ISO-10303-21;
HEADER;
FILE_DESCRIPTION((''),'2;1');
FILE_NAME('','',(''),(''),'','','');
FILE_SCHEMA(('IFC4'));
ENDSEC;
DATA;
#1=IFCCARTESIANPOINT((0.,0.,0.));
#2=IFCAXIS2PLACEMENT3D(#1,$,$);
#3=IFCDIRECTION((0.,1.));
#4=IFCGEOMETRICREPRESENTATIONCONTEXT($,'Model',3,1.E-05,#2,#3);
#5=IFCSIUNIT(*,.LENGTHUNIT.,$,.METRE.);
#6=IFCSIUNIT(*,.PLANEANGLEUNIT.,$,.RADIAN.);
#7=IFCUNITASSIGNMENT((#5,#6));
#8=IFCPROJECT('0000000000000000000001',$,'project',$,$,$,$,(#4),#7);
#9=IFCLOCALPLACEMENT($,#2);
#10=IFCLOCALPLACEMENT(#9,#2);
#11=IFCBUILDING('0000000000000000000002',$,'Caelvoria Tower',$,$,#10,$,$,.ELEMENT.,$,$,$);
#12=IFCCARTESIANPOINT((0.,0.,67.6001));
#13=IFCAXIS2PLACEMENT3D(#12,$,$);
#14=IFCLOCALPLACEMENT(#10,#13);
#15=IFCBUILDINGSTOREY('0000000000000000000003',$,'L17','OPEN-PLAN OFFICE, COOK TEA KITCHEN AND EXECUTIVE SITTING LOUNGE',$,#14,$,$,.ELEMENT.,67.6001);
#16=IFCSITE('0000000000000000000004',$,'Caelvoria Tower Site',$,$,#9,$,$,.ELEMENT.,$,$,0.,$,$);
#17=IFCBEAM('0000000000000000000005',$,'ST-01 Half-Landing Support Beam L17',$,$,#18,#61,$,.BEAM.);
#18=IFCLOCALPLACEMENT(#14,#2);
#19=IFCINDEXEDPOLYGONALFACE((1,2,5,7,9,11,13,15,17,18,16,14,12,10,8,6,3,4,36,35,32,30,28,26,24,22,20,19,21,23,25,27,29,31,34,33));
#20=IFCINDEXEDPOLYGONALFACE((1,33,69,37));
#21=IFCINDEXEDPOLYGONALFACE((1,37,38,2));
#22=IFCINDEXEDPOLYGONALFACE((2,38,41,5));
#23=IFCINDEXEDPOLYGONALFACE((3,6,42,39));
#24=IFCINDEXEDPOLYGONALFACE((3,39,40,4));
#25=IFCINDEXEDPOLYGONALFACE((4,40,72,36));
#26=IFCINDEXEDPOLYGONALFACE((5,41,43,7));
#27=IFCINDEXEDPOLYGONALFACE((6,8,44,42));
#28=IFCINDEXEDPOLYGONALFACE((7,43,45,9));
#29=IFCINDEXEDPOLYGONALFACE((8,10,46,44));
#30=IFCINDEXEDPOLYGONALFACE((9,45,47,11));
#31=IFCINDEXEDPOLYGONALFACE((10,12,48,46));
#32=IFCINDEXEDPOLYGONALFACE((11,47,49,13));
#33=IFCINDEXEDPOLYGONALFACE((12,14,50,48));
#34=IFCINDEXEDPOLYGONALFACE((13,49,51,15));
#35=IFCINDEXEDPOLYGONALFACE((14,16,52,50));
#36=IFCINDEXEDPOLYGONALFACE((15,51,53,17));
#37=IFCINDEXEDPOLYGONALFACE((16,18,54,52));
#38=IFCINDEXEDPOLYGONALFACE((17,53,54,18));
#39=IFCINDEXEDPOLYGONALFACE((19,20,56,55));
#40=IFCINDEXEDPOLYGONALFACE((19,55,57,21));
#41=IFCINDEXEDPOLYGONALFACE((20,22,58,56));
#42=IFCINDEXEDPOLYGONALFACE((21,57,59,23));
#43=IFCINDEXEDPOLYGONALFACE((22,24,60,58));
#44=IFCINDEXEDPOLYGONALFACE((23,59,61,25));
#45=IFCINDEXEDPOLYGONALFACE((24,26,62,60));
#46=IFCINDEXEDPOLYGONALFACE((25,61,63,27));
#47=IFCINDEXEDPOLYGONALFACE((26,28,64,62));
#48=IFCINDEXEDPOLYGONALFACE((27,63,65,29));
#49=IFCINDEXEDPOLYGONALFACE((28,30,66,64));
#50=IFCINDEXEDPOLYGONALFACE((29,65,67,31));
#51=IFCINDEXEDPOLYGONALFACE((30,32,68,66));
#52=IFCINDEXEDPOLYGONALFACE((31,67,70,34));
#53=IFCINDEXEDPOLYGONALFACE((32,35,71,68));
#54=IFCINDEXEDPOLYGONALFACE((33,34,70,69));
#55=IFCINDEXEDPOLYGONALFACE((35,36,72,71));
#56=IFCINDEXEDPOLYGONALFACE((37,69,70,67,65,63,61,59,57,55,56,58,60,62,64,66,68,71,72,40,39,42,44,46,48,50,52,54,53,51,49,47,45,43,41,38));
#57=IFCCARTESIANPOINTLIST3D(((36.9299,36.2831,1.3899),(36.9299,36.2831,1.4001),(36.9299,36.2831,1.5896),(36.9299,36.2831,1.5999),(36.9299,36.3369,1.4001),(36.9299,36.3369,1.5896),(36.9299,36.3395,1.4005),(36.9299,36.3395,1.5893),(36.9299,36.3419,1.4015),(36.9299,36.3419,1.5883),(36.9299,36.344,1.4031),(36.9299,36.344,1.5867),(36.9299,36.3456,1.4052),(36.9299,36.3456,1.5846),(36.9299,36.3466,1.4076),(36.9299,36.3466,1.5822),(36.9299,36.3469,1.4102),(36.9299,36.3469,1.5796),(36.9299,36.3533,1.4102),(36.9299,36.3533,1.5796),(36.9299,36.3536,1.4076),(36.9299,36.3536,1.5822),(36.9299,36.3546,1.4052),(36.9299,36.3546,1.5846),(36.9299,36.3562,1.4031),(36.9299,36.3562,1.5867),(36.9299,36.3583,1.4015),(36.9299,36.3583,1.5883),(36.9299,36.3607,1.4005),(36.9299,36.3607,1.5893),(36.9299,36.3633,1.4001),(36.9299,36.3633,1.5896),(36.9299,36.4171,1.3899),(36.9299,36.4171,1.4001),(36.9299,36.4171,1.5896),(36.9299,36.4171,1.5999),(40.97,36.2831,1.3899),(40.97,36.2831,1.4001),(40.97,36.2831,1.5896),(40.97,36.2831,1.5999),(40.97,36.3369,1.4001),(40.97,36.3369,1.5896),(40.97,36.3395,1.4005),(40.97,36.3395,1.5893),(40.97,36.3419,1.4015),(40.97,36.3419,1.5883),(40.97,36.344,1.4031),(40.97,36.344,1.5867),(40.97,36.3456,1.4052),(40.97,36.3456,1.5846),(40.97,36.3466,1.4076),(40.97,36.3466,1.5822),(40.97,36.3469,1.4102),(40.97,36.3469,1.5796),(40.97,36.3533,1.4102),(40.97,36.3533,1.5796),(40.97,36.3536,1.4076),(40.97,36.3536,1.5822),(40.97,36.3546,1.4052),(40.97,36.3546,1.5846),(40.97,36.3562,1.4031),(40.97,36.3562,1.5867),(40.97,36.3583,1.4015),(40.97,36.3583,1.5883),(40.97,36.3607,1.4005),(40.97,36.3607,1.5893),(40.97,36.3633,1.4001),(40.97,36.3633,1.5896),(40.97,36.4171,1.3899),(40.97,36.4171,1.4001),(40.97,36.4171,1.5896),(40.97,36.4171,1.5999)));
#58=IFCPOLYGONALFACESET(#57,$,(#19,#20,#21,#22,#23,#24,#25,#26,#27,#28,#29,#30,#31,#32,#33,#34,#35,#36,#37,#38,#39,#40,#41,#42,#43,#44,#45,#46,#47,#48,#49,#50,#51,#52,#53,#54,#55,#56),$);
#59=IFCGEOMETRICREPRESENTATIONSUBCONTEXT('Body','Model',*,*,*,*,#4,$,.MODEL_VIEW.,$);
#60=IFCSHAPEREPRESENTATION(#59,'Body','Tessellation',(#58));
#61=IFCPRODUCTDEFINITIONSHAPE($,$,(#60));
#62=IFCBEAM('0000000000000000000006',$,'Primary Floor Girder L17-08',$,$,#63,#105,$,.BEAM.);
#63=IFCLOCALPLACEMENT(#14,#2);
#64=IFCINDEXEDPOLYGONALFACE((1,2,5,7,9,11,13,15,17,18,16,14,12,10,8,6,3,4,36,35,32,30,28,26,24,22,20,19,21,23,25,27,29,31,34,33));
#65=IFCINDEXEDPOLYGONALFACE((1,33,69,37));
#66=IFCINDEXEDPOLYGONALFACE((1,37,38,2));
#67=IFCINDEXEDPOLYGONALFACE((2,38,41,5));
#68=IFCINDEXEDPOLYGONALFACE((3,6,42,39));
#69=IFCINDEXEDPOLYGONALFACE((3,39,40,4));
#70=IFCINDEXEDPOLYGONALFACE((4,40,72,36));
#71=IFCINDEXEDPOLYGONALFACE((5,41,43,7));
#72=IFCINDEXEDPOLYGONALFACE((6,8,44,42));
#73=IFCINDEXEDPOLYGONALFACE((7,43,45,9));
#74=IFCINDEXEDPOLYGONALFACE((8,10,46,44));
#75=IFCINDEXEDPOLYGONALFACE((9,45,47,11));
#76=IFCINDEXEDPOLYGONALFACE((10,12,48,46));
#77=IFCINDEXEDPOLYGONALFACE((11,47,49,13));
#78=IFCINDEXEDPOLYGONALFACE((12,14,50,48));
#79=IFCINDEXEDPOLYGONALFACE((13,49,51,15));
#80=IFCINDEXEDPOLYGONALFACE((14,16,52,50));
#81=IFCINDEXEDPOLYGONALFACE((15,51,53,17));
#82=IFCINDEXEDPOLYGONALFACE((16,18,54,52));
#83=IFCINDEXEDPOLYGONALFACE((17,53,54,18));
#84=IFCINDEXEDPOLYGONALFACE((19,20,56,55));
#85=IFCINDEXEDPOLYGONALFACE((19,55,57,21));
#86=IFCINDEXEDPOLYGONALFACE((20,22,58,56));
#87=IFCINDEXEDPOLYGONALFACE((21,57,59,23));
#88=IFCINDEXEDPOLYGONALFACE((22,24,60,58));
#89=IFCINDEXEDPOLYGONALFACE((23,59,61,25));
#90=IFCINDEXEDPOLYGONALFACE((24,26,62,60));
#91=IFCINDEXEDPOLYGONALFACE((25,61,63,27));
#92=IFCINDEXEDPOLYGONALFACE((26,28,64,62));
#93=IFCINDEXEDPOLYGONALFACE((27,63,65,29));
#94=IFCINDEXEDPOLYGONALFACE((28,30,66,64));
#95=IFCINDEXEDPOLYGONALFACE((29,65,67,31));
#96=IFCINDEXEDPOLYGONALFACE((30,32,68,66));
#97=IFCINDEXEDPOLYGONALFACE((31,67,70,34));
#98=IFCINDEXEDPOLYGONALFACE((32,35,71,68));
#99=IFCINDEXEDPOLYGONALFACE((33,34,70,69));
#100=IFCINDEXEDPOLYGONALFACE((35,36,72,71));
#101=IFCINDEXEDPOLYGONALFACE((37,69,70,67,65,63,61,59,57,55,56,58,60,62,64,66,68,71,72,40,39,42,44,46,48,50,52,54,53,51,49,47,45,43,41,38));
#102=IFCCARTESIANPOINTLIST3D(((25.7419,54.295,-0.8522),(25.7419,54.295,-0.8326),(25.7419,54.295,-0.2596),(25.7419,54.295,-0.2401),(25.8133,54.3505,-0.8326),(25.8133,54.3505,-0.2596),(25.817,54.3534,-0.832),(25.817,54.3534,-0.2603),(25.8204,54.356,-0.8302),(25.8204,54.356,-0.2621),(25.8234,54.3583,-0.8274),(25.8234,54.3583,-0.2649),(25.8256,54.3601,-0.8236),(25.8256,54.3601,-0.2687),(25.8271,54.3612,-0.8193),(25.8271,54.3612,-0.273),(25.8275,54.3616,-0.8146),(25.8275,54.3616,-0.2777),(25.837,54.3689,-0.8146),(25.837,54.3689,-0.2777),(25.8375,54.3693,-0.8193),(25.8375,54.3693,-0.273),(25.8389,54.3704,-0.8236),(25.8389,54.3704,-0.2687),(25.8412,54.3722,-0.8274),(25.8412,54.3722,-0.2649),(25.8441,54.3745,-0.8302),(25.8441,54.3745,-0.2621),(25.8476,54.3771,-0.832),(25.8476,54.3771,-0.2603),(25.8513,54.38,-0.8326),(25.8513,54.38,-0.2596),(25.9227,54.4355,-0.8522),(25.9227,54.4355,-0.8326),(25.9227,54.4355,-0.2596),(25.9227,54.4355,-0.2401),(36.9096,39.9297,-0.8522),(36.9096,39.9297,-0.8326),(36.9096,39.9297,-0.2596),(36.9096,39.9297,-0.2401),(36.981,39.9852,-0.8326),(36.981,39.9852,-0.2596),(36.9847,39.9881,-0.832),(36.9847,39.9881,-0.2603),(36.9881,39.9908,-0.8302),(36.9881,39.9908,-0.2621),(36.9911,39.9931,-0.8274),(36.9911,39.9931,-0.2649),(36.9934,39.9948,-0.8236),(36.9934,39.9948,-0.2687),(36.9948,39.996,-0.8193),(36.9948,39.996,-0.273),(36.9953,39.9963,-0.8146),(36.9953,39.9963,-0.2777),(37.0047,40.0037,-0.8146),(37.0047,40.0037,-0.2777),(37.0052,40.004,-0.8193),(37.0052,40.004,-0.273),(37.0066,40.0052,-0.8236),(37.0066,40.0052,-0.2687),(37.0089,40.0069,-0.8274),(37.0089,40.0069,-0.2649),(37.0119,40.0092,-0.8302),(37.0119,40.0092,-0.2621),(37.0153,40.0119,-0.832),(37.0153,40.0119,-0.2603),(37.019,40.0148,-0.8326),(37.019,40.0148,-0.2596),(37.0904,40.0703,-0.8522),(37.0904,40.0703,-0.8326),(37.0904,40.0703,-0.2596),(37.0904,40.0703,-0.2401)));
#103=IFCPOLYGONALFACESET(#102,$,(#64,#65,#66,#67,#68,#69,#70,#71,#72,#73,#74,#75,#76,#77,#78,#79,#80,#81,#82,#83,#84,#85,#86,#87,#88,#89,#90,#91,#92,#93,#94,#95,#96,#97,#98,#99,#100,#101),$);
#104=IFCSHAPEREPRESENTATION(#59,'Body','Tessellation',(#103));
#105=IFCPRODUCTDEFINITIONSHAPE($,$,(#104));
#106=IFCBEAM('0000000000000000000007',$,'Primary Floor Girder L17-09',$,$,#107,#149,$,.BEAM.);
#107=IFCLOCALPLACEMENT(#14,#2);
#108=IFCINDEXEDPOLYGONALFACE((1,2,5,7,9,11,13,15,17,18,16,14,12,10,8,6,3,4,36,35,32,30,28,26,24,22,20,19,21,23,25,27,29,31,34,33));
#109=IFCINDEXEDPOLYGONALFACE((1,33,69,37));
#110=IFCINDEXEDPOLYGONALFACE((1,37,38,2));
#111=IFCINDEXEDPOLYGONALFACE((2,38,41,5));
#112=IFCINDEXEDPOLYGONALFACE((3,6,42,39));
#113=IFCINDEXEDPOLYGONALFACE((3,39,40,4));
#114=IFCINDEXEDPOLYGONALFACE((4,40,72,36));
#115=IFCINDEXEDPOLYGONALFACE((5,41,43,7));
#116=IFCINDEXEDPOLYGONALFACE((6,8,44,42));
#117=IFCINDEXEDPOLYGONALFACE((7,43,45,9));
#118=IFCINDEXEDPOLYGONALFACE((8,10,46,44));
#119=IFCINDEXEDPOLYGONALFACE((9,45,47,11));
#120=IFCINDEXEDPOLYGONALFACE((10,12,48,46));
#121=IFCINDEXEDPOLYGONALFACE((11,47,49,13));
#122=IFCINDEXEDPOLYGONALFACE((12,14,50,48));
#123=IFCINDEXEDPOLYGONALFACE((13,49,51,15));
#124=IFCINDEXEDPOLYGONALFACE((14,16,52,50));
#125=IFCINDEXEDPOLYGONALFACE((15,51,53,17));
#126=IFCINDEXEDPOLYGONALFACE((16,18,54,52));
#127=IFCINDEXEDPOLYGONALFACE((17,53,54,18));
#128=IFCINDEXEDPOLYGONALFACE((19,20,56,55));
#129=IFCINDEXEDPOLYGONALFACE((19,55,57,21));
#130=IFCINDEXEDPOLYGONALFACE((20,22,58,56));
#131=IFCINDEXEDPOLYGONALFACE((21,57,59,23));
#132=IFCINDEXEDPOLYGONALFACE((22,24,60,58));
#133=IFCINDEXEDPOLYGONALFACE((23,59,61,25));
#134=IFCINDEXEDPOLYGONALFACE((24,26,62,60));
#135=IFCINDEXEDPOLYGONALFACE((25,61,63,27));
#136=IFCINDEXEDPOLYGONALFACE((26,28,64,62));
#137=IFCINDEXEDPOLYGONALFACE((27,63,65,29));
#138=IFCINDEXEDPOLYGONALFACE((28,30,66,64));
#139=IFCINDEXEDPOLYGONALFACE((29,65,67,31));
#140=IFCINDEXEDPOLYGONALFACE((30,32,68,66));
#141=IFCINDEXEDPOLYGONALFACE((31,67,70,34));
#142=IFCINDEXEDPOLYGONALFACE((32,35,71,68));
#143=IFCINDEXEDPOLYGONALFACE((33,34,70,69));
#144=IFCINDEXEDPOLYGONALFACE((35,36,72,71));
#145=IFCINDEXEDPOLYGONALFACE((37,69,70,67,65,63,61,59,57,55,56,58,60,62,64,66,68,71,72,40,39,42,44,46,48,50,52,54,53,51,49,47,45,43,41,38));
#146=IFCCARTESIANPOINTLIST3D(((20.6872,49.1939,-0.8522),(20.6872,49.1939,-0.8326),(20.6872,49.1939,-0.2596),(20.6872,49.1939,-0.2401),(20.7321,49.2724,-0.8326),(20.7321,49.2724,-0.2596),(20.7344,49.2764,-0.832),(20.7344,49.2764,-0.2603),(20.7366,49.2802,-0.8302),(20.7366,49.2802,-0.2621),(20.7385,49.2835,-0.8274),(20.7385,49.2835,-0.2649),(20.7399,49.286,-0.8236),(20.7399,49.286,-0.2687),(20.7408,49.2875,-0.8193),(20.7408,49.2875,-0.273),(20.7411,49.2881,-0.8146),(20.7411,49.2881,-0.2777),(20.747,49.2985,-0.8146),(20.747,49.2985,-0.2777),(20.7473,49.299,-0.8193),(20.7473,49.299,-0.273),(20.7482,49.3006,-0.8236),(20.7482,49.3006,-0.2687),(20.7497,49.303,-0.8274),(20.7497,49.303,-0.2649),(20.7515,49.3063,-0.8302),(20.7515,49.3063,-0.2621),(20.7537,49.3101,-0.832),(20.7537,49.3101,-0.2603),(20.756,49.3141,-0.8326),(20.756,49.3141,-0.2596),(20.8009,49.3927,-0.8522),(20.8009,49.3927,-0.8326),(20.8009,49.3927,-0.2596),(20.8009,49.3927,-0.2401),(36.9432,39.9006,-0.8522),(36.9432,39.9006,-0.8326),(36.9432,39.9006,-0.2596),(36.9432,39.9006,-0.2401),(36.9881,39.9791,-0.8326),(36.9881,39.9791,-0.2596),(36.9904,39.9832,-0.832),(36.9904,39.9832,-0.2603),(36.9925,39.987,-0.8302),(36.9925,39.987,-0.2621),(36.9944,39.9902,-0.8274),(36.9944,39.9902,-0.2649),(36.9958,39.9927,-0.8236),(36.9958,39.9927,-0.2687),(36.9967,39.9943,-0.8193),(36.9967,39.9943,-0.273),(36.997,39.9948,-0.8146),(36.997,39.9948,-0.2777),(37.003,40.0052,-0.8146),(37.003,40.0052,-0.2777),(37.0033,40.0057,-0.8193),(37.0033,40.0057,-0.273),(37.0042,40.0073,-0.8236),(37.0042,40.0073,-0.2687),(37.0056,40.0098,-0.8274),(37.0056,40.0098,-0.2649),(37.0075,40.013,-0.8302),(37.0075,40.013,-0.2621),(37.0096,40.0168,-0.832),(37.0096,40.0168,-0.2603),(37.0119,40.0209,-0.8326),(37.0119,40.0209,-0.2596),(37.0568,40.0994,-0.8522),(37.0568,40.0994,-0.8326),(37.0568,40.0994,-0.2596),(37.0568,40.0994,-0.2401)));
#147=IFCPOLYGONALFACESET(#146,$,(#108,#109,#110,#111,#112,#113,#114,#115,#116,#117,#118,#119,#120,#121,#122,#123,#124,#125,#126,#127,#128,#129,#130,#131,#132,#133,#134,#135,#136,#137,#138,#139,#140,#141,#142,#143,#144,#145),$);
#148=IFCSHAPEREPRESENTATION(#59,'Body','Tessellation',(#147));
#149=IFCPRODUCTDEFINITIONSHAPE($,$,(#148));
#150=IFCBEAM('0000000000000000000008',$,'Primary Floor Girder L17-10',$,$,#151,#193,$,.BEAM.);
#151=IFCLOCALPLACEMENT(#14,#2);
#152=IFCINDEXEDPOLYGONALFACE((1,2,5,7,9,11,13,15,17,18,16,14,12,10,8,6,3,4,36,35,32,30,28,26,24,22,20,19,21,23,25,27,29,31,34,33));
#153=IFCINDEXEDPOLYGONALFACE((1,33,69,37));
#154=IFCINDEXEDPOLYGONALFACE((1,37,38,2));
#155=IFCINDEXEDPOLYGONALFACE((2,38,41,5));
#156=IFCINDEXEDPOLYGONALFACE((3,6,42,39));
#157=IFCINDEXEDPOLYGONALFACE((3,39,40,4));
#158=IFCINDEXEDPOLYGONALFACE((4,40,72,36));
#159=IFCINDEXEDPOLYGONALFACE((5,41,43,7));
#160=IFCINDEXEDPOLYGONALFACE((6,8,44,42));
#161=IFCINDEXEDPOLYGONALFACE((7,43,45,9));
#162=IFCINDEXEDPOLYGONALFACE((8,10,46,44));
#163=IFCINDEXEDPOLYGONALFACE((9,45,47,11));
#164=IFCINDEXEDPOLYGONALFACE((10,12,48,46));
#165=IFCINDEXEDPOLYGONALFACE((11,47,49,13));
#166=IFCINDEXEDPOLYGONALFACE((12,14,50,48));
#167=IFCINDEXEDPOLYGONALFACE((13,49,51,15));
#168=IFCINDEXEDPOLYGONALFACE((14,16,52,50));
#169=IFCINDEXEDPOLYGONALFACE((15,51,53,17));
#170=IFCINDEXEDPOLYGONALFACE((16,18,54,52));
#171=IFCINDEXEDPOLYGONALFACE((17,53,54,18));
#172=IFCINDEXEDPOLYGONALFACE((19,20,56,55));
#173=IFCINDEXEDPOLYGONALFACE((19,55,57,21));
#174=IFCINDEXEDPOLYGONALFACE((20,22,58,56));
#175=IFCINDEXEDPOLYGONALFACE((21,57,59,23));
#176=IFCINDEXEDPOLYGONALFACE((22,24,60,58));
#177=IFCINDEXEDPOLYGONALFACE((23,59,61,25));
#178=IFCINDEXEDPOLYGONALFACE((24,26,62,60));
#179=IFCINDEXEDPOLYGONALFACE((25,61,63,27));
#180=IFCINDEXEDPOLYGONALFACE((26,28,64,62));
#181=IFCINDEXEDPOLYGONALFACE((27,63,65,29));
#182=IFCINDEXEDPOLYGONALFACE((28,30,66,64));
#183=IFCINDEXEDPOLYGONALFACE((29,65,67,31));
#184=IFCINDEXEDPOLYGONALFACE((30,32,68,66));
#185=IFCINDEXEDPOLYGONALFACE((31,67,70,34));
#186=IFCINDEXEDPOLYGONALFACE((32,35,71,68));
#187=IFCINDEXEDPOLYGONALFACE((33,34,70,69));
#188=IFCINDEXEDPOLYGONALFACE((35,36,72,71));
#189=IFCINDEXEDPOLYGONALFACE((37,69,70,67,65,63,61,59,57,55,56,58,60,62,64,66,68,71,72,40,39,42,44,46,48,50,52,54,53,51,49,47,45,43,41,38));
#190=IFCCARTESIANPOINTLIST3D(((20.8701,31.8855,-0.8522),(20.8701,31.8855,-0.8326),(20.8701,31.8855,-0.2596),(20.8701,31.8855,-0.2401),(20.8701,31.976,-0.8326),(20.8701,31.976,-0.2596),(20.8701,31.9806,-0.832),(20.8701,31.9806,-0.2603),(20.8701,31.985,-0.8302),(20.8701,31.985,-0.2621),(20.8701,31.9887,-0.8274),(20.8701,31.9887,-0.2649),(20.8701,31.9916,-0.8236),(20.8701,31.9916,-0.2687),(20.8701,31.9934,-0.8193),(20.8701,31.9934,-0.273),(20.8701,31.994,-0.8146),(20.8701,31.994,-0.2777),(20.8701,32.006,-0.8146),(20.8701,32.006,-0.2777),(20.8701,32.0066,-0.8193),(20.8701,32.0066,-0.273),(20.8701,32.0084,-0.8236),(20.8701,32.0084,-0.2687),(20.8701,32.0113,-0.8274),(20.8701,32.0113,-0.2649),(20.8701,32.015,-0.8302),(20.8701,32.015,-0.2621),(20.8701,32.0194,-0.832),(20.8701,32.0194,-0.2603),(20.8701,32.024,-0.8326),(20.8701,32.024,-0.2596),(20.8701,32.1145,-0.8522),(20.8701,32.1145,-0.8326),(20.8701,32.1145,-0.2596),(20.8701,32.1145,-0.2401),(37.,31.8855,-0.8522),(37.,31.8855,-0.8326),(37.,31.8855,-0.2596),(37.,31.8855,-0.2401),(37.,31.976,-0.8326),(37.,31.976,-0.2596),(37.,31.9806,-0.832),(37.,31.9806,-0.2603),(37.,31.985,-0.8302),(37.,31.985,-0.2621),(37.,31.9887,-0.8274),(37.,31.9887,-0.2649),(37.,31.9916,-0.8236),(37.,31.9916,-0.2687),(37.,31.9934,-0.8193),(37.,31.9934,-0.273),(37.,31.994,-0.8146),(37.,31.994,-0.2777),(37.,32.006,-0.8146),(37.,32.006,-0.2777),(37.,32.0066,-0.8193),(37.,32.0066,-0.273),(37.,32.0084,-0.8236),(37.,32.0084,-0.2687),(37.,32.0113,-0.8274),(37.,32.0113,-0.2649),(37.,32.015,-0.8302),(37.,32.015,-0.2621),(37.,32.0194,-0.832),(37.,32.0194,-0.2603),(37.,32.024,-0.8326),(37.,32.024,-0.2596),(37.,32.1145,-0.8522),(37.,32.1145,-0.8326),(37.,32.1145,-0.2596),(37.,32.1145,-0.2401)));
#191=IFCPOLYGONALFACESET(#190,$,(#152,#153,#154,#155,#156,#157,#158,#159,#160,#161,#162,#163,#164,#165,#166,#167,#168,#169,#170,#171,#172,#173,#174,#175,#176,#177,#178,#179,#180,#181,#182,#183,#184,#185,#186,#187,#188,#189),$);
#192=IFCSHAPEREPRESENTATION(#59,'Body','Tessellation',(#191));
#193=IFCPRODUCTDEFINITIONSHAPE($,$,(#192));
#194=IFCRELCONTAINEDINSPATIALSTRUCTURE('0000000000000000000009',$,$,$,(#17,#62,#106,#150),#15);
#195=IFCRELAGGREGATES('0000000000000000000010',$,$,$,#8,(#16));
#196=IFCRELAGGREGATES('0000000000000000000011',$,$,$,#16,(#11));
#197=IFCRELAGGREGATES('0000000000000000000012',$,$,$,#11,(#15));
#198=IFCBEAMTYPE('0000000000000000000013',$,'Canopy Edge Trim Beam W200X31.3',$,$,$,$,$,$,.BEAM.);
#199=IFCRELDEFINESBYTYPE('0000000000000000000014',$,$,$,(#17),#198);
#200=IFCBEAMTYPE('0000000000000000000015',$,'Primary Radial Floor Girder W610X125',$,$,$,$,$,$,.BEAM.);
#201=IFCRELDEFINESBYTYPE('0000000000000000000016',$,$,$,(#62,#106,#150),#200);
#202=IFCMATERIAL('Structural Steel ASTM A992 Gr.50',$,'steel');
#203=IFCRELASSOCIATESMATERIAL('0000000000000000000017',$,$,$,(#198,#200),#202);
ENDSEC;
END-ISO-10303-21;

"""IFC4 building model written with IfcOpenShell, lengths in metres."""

from ifc_helpers import new_model, si_unit, direction, frame, origin, origin_2d, place, context, subcontext, project, spatial, i_section, extrude, material, material_profile, profile_set, type_object, element, save


model = new_model("IFC4")

# Units and contexts
model_context = context("Model", 3, precision=1e-05, world=origin(), true_north=direction((0.0, 1.0)))
body_context = subcontext(model_context, "Body", "Model", "MODEL_VIEW")
ifc_project = project(units=[si_unit("LENGTHUNIT", "METRE"), si_unit("PLANEANGLEUNIT", "RADIAN")], contexts=[model_context])

# Site, building, storey
site_placement = place(None, origin())
site = spatial("IfcSite", under=ifc_project, at=site_placement, Name="Caelvoria Tower Site", CompositionType="ELEMENT", RefElevation=0.0)
building_placement = place(site_placement, origin())
building = spatial("IfcBuilding", under=site, at=building_placement, Name="Caelvoria Tower", CompositionType="ELEMENT")
storey_placement = place(building_placement, frame((0.0, 0.0, 67.6001)))
storey = spatial("IfcBuildingStorey", under=building, at=storey_placement, Name="L17", Description="OPEN-PLAN OFFICE, COOK TEA KITCHEN AND EXECUTIVE SITTING LOUNGE", CompositionType="ELEMENT", Elevation=67.6001)

# Beams
ifc_material_1 = material(Name="Structural Steel ASTM A992 Gr.50", Category="steel")
ifc_material_profile_1 = material_profile(ifc_material_1, i_section(OverallWidth=0.134, OverallDepth=0.21, WebThickness=0.0063, FlangeThickness=0.0103, FilletRadius=0.01, at=origin_2d()), Name="Structural Steel ASTM A992 Gr.50")
ifc_profile_set_1 = profile_set([ifc_material_profile_1], Name="W200X31.3 - Structural Steel ASTM A992 Gr.50")
beam_type_1 = type_object("IfcBeamType", Name="Canopy Edge Trim Beam W200X31.3", PredefinedType="BEAM", material=ifc_profile_set_1)
beam_1_placement = place(storey_placement, frame((36.9299, 36.3501, 1.4949), z_axis=(1.0, 0.0, 0.0), x_axis=(0.0, 1.0, 0.0)))
element("IfcBeam", 1, at=beam_1_placement, inside=storey, type_object=beam_type_1, Name="ST-01 Half-Landing Support Beam L17", PredefinedType="BEAM", context=body_context, shape_type="SweptSolid", body=[
    extrude(i_section(OverallWidth=0.134, OverallDepth=0.21, WebThickness=0.0063, FlangeThickness=0.0103, FilletRadius=0.01, at=origin_2d()), origin(), (0.0, 0.0, 1.0), 4.04),
])
ifc_material_profile_2 = material_profile(ifc_material_1, i_section(OverallWidth=0.229, OverallDepth=0.6121, WebThickness=0.012, FlangeThickness=0.0195, FilletRadius=0.0181, at=origin_2d()), Name="Structural Steel ASTM A992 Gr.50")
ifc_profile_set_2 = profile_set([ifc_material_profile_2], Name="W610X125 - Structural Steel ASTM A992 Gr.50")
beam_type_2 = type_object("IfcBeamType", Name="Primary Radial Floor Girder W610X125", PredefinedType="BEAM", material=ifc_profile_set_2)
beam_2_placement = place(storey_placement, frame((37.0, 40.0, -0.5461), z_axis=(-0.613761, 0.789492, 0.0), x_axis=(-0.789492, -0.613761, 0.0)))
element("IfcBeam", 2, at=beam_2_placement, inside=storey, type_object=beam_type_2, Name="Primary Floor Girder L17-08", PredefinedType="BEAM", context=body_context, shape_type="SweptSolid", body=[
    extrude(i_section(OverallWidth=0.229, OverallDepth=0.6121, WebThickness=0.012, FlangeThickness=0.0195, FilletRadius=0.0181, at=origin_2d()), origin(), (0.0, 0.0, 1.0), 18.1956),
])
beam_3_placement = place(storey_placement, frame((37.0, 40.0, -0.5461), z_axis=(-0.868148, 0.496306, 0.0), x_axis=(-0.496306, -0.868148, 0.0)))
element("IfcBeam", 3, at=beam_3_placement, inside=storey, type_object=beam_type_2, Name="Primary Floor Girder L17-09", PredefinedType="BEAM", context=body_context, shape_type="SweptSolid", body=[
    extrude(i_section(OverallWidth=0.229, OverallDepth=0.6121, WebThickness=0.012, FlangeThickness=0.0195, FilletRadius=0.0181, at=origin_2d()), origin(), (0.0, 0.0, 1.0), 18.7249),
])
beam_4_placement = place(storey_placement, frame((37.0, 32.0, -0.5461), z_axis=(-1.0, 0.0, 0.0), x_axis=(0.0, -1.0, 0.0)))
element("IfcBeam", 4, at=beam_4_placement, inside=storey, type_object=beam_type_2, Name="Primary Floor Girder L17-10", PredefinedType="BEAM", context=body_context, shape_type="SweptSolid", body=[
    extrude(i_section(OverallWidth=0.229, OverallDepth=0.6121, WebThickness=0.012, FlangeThickness=0.0195, FilletRadius=0.0181, at=origin_2d()), origin(), (0.0, 0.0, 1.0), 16.1299),
])

save(model, "model.ifc")
